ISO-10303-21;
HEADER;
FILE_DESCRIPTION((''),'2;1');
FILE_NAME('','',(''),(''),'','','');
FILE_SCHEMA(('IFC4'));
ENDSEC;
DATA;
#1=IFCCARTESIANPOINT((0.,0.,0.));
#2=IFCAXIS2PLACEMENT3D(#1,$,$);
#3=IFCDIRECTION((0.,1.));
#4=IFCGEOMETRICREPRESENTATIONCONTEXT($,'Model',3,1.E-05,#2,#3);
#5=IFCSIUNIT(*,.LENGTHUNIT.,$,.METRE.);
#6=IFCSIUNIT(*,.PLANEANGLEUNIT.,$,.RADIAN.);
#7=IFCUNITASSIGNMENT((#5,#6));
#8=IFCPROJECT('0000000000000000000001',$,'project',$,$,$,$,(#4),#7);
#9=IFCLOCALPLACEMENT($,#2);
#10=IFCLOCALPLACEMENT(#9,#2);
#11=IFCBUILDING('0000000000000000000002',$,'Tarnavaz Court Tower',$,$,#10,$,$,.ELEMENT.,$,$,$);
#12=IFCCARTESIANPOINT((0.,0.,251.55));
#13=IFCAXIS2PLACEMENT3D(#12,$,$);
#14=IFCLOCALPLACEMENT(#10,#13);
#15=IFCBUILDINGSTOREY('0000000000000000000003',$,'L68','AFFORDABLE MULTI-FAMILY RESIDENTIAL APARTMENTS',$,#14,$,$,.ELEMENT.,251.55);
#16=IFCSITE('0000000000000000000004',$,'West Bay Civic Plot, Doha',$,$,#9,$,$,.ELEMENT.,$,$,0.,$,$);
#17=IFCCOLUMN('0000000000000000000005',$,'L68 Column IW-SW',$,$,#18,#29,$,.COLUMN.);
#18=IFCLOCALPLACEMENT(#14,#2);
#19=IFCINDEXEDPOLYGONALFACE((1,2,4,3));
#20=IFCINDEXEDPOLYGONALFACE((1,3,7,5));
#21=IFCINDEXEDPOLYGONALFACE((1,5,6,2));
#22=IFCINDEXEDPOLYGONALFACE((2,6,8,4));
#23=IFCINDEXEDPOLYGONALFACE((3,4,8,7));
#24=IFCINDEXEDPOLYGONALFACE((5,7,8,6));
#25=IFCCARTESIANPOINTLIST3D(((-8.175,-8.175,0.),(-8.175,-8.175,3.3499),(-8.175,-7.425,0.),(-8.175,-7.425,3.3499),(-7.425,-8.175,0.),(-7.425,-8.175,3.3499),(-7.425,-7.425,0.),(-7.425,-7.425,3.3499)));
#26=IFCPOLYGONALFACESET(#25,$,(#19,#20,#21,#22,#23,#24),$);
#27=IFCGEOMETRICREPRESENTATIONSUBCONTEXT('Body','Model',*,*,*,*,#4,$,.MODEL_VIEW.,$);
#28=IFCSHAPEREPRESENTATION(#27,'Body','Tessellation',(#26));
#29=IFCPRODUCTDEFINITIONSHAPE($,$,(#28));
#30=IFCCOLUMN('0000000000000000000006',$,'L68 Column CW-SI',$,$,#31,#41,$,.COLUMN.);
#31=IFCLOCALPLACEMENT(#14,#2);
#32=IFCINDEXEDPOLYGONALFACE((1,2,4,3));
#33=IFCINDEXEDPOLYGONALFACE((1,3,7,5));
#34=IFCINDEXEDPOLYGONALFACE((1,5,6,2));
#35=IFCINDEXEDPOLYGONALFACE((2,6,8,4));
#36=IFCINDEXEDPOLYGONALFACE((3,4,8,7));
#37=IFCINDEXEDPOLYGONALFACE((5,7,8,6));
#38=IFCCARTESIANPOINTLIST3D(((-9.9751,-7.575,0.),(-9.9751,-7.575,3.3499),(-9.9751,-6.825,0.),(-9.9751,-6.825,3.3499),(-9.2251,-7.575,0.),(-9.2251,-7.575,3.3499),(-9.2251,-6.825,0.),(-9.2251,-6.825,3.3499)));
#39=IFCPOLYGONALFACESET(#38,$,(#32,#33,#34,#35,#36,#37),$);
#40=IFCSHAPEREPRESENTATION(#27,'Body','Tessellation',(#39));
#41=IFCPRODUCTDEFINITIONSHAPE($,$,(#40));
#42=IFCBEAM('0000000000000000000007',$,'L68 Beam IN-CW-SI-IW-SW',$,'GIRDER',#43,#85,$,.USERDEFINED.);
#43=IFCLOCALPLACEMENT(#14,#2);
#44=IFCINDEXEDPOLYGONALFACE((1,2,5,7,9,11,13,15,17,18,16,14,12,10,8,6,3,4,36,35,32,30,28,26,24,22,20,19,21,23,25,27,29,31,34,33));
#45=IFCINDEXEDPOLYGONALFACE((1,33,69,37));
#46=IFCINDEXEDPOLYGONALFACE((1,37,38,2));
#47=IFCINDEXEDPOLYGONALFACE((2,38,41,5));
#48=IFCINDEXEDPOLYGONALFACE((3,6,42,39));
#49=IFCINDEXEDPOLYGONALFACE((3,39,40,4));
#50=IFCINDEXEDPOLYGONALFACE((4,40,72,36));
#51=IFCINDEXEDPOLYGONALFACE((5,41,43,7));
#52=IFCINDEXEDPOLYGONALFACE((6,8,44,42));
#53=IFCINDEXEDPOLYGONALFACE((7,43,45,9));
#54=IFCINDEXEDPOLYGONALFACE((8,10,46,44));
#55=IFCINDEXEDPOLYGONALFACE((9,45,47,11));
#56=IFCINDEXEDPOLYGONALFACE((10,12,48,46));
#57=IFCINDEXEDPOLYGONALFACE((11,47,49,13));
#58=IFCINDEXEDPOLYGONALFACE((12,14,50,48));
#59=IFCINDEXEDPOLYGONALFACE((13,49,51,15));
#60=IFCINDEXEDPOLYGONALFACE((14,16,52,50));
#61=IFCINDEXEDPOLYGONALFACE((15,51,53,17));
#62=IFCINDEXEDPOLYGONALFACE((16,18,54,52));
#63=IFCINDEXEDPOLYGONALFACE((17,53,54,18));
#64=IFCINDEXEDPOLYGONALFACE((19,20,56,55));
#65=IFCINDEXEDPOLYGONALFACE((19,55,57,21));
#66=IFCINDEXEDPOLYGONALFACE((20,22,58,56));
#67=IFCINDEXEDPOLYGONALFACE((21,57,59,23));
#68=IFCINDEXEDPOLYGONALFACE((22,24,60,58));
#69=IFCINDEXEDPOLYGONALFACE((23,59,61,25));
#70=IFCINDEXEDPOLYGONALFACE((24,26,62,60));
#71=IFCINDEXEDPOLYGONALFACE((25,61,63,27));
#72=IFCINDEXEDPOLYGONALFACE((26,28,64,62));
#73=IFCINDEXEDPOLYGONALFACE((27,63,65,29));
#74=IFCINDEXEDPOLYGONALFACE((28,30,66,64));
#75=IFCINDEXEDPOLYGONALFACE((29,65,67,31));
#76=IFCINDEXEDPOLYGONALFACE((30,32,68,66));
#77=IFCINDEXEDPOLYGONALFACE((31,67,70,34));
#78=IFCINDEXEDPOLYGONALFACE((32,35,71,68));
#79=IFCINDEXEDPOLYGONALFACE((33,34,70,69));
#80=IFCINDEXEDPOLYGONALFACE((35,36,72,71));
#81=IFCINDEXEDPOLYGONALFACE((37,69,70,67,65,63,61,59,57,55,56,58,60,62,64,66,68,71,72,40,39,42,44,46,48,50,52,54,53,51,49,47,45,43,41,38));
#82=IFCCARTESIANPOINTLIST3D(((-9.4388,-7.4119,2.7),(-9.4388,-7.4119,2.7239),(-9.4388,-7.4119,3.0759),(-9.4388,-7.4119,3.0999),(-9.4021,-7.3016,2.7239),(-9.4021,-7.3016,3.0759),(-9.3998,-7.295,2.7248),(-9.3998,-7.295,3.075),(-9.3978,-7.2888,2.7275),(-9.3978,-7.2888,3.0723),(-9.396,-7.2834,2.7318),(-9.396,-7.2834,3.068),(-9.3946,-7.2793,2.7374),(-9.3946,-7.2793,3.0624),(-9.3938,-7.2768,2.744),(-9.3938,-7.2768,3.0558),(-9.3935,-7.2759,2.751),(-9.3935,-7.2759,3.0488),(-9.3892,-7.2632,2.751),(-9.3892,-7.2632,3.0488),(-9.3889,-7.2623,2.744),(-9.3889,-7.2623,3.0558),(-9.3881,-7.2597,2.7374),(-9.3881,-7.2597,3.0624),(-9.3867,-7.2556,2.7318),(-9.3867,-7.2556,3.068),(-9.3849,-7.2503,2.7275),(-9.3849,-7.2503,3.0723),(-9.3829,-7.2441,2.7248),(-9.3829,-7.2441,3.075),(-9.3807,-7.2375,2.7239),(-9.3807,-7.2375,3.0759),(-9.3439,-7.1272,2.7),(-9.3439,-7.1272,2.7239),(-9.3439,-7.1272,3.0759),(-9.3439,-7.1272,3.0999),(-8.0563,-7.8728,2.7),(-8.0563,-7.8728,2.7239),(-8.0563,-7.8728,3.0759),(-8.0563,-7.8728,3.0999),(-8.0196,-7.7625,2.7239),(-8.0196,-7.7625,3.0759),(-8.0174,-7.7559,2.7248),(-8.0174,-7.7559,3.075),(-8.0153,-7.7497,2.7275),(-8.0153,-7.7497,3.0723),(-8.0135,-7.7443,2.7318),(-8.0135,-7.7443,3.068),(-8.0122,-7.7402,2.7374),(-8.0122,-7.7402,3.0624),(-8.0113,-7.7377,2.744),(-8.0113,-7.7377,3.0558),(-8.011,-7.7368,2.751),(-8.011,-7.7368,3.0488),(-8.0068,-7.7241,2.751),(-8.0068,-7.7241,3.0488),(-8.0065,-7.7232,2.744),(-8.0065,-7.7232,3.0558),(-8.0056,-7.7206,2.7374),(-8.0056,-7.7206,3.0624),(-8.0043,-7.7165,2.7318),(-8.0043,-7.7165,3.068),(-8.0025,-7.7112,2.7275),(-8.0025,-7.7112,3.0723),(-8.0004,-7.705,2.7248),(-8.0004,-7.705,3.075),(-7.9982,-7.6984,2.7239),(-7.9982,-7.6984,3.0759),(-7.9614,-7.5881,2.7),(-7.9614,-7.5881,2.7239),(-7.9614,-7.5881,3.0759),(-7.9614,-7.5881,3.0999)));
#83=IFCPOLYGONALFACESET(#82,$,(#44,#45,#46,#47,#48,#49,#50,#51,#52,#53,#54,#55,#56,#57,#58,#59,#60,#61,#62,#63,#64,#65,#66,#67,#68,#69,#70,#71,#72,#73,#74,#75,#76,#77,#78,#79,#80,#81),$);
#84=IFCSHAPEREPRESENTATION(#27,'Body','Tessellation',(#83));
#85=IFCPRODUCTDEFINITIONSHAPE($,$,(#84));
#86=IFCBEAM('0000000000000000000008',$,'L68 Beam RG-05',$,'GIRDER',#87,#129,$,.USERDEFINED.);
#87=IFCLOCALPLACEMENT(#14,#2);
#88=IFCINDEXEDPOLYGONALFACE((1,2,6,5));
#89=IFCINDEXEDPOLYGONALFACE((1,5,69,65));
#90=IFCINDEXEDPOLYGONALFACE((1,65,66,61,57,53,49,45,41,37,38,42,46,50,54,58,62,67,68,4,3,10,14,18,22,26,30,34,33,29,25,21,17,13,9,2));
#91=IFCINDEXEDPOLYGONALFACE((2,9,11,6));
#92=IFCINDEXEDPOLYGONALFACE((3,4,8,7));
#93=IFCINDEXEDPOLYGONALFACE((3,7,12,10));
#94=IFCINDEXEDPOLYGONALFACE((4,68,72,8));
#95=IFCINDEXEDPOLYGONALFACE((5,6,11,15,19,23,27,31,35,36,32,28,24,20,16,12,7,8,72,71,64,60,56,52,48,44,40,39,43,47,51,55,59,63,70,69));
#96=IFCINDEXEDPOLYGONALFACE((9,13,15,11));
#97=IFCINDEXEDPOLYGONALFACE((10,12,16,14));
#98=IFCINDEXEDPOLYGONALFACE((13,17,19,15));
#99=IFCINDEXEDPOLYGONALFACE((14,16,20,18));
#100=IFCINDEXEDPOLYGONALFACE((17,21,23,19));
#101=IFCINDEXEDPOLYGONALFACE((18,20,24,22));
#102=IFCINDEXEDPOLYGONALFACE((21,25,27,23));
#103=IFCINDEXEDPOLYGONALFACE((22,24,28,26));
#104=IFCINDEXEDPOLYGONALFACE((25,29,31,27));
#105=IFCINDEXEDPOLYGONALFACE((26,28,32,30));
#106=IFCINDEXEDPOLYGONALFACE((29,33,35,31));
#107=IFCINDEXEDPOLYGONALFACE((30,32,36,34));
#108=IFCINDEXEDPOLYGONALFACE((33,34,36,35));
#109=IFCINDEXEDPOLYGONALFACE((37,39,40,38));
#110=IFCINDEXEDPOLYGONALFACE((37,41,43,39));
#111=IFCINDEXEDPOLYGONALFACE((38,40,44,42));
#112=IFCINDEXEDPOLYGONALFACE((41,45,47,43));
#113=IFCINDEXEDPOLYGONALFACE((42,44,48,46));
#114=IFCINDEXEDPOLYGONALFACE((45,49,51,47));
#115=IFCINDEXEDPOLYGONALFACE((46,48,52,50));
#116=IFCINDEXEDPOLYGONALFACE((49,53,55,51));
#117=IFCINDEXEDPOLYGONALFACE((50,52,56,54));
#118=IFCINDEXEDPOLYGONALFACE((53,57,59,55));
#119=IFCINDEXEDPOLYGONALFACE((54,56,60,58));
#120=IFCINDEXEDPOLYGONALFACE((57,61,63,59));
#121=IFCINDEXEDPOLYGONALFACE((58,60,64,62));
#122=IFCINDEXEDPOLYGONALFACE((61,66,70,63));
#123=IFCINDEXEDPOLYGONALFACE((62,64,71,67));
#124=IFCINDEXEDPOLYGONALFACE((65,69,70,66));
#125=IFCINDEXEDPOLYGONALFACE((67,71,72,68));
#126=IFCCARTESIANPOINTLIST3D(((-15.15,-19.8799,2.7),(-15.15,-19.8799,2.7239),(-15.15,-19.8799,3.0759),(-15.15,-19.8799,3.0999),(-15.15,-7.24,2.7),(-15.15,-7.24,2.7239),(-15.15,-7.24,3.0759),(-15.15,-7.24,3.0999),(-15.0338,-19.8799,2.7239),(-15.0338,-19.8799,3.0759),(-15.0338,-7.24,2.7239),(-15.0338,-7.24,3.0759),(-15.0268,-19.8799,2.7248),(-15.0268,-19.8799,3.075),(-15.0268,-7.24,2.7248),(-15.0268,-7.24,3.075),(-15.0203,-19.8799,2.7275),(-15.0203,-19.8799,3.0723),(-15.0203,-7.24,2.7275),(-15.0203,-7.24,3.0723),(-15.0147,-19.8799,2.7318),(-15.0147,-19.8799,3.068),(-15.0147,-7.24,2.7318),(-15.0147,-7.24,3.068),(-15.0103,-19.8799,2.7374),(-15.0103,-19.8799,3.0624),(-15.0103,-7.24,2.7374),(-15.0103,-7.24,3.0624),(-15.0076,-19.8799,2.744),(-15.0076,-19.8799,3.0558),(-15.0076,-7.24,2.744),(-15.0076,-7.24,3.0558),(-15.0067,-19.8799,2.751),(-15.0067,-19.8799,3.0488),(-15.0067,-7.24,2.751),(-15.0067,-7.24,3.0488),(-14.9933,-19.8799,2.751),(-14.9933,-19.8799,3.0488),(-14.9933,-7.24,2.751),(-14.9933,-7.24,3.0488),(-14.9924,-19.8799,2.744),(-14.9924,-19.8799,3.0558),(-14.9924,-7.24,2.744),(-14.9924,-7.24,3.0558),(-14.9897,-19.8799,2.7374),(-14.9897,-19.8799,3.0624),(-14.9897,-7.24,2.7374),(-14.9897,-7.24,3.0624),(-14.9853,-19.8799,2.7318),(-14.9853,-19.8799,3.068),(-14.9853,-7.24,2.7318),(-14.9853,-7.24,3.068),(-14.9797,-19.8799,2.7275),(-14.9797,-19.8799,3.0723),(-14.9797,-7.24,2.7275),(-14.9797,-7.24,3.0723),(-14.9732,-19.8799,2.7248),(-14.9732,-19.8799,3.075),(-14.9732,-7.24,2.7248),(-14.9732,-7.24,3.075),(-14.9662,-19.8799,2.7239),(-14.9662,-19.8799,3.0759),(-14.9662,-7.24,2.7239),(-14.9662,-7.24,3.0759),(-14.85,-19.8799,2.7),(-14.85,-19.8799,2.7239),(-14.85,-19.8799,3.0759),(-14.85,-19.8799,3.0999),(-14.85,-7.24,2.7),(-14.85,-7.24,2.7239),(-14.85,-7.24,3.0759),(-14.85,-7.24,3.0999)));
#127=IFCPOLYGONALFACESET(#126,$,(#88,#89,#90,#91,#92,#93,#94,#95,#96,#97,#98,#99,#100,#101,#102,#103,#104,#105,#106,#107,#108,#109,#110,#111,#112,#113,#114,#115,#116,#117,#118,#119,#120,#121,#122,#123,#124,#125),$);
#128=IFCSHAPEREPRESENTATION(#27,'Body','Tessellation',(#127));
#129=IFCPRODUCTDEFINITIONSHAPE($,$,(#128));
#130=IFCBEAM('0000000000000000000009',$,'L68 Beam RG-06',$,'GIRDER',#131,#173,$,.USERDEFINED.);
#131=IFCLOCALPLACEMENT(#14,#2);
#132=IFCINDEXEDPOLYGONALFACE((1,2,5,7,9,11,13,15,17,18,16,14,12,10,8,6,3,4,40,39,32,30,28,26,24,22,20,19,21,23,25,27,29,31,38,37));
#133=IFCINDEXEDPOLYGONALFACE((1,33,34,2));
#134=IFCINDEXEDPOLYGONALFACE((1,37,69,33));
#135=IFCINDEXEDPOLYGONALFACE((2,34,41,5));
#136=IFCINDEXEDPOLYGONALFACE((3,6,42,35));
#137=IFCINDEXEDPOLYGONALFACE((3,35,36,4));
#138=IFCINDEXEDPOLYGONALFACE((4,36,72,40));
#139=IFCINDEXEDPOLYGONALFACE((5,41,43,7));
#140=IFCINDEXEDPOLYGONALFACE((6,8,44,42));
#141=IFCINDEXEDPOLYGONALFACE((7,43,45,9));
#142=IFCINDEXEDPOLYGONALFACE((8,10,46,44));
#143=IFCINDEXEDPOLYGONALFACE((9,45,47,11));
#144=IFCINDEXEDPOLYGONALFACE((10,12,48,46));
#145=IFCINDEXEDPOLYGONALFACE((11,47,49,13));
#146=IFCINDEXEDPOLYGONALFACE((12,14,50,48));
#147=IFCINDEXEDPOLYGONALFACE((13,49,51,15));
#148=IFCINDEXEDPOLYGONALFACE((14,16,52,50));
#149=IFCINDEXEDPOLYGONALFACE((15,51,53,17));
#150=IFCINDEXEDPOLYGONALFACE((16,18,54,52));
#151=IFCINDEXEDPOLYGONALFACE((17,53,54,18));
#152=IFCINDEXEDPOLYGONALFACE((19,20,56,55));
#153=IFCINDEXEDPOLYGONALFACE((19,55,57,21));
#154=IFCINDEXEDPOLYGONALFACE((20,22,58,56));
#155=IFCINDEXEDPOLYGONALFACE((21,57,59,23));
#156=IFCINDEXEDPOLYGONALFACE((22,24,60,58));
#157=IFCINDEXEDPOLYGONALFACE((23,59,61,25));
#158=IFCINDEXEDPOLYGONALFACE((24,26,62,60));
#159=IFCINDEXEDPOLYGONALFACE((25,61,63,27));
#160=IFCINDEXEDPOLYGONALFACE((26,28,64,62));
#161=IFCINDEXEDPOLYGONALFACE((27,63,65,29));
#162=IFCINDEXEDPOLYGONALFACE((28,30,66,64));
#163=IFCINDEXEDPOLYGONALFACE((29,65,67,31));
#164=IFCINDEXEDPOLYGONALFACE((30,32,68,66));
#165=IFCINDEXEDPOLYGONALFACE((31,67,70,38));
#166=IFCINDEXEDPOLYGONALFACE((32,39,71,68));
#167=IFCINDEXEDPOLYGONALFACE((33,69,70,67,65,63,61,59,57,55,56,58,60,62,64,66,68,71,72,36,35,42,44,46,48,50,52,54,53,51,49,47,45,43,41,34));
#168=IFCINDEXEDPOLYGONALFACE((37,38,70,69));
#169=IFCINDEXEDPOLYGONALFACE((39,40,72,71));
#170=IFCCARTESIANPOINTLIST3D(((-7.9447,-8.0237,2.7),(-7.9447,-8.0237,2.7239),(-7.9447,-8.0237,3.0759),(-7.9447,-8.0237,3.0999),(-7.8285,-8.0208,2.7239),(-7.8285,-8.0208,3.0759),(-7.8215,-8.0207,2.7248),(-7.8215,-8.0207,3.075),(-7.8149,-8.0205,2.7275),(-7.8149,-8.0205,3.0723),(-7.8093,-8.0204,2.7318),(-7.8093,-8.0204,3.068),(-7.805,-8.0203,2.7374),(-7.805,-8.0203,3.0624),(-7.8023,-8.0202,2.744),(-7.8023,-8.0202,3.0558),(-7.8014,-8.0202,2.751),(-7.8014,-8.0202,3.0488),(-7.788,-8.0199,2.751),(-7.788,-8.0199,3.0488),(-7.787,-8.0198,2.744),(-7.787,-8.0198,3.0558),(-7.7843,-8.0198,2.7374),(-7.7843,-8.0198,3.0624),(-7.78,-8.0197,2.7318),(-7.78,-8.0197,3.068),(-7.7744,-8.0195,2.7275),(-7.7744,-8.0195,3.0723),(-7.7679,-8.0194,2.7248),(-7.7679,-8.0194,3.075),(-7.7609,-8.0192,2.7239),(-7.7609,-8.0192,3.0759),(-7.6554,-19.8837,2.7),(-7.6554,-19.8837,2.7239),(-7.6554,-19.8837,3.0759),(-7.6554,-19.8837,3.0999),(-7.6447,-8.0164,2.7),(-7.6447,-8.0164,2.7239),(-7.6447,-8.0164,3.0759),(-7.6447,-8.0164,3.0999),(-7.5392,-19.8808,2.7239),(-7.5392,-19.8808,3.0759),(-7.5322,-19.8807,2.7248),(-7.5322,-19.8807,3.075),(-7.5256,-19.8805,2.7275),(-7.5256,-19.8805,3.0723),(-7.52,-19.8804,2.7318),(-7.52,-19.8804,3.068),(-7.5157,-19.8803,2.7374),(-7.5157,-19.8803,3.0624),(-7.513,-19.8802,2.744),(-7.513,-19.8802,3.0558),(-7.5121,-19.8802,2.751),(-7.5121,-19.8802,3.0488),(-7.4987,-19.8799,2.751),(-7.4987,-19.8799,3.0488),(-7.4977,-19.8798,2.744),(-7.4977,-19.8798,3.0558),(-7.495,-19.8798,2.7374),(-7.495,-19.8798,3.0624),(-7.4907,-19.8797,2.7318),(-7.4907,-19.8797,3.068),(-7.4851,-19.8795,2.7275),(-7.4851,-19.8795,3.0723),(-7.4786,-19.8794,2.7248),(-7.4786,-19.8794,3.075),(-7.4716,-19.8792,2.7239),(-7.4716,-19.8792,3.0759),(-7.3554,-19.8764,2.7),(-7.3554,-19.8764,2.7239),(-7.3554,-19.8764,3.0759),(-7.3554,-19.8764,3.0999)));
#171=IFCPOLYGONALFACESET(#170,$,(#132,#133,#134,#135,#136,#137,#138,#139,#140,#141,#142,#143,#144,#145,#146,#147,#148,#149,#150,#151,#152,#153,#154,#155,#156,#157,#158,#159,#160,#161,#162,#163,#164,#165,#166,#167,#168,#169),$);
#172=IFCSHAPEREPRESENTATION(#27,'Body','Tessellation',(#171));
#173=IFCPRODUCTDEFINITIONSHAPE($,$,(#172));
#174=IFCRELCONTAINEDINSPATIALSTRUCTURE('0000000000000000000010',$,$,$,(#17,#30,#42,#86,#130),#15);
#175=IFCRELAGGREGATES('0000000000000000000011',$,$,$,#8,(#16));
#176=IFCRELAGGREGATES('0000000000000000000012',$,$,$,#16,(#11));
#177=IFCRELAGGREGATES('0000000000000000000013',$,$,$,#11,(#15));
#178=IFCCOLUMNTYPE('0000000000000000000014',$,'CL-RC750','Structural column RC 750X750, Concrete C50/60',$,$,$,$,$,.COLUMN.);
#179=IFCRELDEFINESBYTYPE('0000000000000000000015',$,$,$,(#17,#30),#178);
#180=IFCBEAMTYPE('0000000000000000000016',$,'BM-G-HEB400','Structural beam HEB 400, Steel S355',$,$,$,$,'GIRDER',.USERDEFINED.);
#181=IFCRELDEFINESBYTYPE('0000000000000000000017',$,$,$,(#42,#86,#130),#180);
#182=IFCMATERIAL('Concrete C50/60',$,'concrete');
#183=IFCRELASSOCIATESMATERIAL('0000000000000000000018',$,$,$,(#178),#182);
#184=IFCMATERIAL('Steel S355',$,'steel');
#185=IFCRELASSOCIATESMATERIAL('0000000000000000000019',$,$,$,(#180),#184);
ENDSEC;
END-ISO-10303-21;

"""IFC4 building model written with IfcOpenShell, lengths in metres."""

from ifc_helpers import new_model, si_unit, direction, frame, origin, origin_2d, place, context, subcontext, project, spatial, rectangle, i_section, extrude, material, material_profile, profile_set, type_object, element, save


model = new_model("IFC4")

# Units and contexts
model_context = context("Model", 3, precision=1e-05, world=origin(), true_north=direction((0.0, 1.0)))
body_context = subcontext(model_context, "Body", "Model", "MODEL_VIEW")
ifc_project = project(units=[si_unit("LENGTHUNIT", "METRE"), si_unit("PLANEANGLEUNIT", "RADIAN")], contexts=[model_context])

# Site, building, storey
site_placement = place(None, origin())
site = spatial("IfcSite", under=ifc_project, at=site_placement, Name="West Bay Civic Plot, Doha", CompositionType="ELEMENT", RefElevation=0.0)
building_placement = place(site_placement, origin())
building = spatial("IfcBuilding", under=site, at=building_placement, Name="Tarnavaz Court Tower", CompositionType="ELEMENT")
storey_placement = place(building_placement, frame((0.0, 0.0, 251.55)))
storey = spatial("IfcBuildingStorey", under=building, at=storey_placement, Name="L68", Description="AFFORDABLE MULTI-FAMILY RESIDENTIAL APARTMENTS", CompositionType="ELEMENT", Elevation=251.55)

# Columns
ifc_material_1 = material(Name="Concrete C50/60", Category="concrete")
ifc_material_profile_1 = material_profile(ifc_material_1, rectangle(XDim=0.75, YDim=0.75, at=origin_2d()), Name="RC 750X750")
ifc_profile_set_1 = profile_set([ifc_material_profile_1], Name="Concrete C50/60")
column_type = type_object("IfcColumnType", Name="CL-RC750", Description="Structural column RC 750X750, Concrete C50/60", PredefinedType="COLUMN", material=ifc_profile_set_1)
for number, where, z_axis, x_axis, name in (
    (1, (-7.8, -7.8, 0.0), (0.0, 0.0, 1.0), (1.0, 0.0, 0.0), "L68 Column IW-SW"),
    (2, (-9.6001, -7.2, 0.0), (0.0, 0.0, 1.0), (1.0, 0.0, 0.0), "L68 Column CW-SI"),
):
    element("IfcColumn", number, at=place(storey_placement, frame(where, z_axis=z_axis, x_axis=x_axis)), inside=storey, type_object=column_type, Name=name, PredefinedType="COLUMN", context=body_context, shape_type="SweptSolid", body=[
        extrude(rectangle(XDim=0.75, YDim=0.75, at=origin_2d()), origin(), (0.0, 0.0, 1.0), 3.3499),
    ])

# Beams
ifc_material_2 = material(Name="Steel S355", Category="steel")
ifc_material_profile_2 = material_profile(ifc_material_2, i_section(OverallWidth=0.3, OverallDepth=0.3999, WebThickness=0.0134, FlangeThickness=0.0239, FilletRadius=0.0271, at=origin_2d()), Name="HEB 400")
ifc_profile_set_2 = profile_set([ifc_material_profile_2], Name="Steel S355")
beam_type_1 = type_object("IfcBeamType", Name="BM-G-HEB400", Description="Structural beam HEB 400, Steel S355", ElementType="GIRDER", PredefinedType="USERDEFINED", material=ifc_profile_set_2)
beam_1_placement = place(storey_placement, frame((-9.3914, -7.2695, 2.8999), z_axis=(0.948667, -0.316278, 0.0), x_axis=(0.316278, 0.948667, 0.0)))
element("IfcBeam", 3, at=beam_1_placement, inside=storey, type_object=beam_type_1, Name="L68 Beam IN-CW-SI-IW-SW", ObjectType="GIRDER", PredefinedType="USERDEFINED", context=body_context, shape_type="SweptSolid", body=[
    extrude(i_section(OverallWidth=0.3, OverallDepth=0.3999, WebThickness=0.0134, FlangeThickness=0.0239, FilletRadius=0.0271, at=origin_2d()), origin(), (0.0, 0.0, 1.0), 1.4573),
])
beam_2_placement = place(storey_placement, frame((-15.0, -7.24, 2.8999), z_axis=(0.0, -1.0, 0.0), x_axis=(1.0, 0.0, 0.0)))
element("IfcBeam", 4, at=beam_2_placement, inside=storey, type_object=beam_type_1, Name="L68 Beam RG-05", ObjectType="GIRDER", PredefinedType="USERDEFINED", context=body_context, shape_type="SweptSolid", body=[
    extrude(i_section(OverallWidth=0.3, OverallDepth=0.3999, WebThickness=0.0134, FlangeThickness=0.0239, FilletRadius=0.0271, at=origin_2d()), origin(), (0.0, 0.0, 1.0), 12.6399),
])
beam_3_placement = place(storey_placement, frame((-7.7947, -8.02, 2.8999), z_axis=(0.024386, -0.999703, 0.0), x_axis=(0.999703, 0.024386, 0.0)))
element("IfcBeam", 5, at=beam_3_placement, inside=storey, type_object=beam_type_1, Name="L68 Beam RG-06", ObjectType="GIRDER", PredefinedType="USERDEFINED", context=body_context, shape_type="SweptSolid", body=[
    extrude(i_section(OverallWidth=0.3, OverallDepth=0.3999, WebThickness=0.0134, FlangeThickness=0.0239, FilletRadius=0.0271, at=origin_2d()), origin(), (0.0, 0.0, 1.0), 11.8635),
])

save(model, "model.ifc")
